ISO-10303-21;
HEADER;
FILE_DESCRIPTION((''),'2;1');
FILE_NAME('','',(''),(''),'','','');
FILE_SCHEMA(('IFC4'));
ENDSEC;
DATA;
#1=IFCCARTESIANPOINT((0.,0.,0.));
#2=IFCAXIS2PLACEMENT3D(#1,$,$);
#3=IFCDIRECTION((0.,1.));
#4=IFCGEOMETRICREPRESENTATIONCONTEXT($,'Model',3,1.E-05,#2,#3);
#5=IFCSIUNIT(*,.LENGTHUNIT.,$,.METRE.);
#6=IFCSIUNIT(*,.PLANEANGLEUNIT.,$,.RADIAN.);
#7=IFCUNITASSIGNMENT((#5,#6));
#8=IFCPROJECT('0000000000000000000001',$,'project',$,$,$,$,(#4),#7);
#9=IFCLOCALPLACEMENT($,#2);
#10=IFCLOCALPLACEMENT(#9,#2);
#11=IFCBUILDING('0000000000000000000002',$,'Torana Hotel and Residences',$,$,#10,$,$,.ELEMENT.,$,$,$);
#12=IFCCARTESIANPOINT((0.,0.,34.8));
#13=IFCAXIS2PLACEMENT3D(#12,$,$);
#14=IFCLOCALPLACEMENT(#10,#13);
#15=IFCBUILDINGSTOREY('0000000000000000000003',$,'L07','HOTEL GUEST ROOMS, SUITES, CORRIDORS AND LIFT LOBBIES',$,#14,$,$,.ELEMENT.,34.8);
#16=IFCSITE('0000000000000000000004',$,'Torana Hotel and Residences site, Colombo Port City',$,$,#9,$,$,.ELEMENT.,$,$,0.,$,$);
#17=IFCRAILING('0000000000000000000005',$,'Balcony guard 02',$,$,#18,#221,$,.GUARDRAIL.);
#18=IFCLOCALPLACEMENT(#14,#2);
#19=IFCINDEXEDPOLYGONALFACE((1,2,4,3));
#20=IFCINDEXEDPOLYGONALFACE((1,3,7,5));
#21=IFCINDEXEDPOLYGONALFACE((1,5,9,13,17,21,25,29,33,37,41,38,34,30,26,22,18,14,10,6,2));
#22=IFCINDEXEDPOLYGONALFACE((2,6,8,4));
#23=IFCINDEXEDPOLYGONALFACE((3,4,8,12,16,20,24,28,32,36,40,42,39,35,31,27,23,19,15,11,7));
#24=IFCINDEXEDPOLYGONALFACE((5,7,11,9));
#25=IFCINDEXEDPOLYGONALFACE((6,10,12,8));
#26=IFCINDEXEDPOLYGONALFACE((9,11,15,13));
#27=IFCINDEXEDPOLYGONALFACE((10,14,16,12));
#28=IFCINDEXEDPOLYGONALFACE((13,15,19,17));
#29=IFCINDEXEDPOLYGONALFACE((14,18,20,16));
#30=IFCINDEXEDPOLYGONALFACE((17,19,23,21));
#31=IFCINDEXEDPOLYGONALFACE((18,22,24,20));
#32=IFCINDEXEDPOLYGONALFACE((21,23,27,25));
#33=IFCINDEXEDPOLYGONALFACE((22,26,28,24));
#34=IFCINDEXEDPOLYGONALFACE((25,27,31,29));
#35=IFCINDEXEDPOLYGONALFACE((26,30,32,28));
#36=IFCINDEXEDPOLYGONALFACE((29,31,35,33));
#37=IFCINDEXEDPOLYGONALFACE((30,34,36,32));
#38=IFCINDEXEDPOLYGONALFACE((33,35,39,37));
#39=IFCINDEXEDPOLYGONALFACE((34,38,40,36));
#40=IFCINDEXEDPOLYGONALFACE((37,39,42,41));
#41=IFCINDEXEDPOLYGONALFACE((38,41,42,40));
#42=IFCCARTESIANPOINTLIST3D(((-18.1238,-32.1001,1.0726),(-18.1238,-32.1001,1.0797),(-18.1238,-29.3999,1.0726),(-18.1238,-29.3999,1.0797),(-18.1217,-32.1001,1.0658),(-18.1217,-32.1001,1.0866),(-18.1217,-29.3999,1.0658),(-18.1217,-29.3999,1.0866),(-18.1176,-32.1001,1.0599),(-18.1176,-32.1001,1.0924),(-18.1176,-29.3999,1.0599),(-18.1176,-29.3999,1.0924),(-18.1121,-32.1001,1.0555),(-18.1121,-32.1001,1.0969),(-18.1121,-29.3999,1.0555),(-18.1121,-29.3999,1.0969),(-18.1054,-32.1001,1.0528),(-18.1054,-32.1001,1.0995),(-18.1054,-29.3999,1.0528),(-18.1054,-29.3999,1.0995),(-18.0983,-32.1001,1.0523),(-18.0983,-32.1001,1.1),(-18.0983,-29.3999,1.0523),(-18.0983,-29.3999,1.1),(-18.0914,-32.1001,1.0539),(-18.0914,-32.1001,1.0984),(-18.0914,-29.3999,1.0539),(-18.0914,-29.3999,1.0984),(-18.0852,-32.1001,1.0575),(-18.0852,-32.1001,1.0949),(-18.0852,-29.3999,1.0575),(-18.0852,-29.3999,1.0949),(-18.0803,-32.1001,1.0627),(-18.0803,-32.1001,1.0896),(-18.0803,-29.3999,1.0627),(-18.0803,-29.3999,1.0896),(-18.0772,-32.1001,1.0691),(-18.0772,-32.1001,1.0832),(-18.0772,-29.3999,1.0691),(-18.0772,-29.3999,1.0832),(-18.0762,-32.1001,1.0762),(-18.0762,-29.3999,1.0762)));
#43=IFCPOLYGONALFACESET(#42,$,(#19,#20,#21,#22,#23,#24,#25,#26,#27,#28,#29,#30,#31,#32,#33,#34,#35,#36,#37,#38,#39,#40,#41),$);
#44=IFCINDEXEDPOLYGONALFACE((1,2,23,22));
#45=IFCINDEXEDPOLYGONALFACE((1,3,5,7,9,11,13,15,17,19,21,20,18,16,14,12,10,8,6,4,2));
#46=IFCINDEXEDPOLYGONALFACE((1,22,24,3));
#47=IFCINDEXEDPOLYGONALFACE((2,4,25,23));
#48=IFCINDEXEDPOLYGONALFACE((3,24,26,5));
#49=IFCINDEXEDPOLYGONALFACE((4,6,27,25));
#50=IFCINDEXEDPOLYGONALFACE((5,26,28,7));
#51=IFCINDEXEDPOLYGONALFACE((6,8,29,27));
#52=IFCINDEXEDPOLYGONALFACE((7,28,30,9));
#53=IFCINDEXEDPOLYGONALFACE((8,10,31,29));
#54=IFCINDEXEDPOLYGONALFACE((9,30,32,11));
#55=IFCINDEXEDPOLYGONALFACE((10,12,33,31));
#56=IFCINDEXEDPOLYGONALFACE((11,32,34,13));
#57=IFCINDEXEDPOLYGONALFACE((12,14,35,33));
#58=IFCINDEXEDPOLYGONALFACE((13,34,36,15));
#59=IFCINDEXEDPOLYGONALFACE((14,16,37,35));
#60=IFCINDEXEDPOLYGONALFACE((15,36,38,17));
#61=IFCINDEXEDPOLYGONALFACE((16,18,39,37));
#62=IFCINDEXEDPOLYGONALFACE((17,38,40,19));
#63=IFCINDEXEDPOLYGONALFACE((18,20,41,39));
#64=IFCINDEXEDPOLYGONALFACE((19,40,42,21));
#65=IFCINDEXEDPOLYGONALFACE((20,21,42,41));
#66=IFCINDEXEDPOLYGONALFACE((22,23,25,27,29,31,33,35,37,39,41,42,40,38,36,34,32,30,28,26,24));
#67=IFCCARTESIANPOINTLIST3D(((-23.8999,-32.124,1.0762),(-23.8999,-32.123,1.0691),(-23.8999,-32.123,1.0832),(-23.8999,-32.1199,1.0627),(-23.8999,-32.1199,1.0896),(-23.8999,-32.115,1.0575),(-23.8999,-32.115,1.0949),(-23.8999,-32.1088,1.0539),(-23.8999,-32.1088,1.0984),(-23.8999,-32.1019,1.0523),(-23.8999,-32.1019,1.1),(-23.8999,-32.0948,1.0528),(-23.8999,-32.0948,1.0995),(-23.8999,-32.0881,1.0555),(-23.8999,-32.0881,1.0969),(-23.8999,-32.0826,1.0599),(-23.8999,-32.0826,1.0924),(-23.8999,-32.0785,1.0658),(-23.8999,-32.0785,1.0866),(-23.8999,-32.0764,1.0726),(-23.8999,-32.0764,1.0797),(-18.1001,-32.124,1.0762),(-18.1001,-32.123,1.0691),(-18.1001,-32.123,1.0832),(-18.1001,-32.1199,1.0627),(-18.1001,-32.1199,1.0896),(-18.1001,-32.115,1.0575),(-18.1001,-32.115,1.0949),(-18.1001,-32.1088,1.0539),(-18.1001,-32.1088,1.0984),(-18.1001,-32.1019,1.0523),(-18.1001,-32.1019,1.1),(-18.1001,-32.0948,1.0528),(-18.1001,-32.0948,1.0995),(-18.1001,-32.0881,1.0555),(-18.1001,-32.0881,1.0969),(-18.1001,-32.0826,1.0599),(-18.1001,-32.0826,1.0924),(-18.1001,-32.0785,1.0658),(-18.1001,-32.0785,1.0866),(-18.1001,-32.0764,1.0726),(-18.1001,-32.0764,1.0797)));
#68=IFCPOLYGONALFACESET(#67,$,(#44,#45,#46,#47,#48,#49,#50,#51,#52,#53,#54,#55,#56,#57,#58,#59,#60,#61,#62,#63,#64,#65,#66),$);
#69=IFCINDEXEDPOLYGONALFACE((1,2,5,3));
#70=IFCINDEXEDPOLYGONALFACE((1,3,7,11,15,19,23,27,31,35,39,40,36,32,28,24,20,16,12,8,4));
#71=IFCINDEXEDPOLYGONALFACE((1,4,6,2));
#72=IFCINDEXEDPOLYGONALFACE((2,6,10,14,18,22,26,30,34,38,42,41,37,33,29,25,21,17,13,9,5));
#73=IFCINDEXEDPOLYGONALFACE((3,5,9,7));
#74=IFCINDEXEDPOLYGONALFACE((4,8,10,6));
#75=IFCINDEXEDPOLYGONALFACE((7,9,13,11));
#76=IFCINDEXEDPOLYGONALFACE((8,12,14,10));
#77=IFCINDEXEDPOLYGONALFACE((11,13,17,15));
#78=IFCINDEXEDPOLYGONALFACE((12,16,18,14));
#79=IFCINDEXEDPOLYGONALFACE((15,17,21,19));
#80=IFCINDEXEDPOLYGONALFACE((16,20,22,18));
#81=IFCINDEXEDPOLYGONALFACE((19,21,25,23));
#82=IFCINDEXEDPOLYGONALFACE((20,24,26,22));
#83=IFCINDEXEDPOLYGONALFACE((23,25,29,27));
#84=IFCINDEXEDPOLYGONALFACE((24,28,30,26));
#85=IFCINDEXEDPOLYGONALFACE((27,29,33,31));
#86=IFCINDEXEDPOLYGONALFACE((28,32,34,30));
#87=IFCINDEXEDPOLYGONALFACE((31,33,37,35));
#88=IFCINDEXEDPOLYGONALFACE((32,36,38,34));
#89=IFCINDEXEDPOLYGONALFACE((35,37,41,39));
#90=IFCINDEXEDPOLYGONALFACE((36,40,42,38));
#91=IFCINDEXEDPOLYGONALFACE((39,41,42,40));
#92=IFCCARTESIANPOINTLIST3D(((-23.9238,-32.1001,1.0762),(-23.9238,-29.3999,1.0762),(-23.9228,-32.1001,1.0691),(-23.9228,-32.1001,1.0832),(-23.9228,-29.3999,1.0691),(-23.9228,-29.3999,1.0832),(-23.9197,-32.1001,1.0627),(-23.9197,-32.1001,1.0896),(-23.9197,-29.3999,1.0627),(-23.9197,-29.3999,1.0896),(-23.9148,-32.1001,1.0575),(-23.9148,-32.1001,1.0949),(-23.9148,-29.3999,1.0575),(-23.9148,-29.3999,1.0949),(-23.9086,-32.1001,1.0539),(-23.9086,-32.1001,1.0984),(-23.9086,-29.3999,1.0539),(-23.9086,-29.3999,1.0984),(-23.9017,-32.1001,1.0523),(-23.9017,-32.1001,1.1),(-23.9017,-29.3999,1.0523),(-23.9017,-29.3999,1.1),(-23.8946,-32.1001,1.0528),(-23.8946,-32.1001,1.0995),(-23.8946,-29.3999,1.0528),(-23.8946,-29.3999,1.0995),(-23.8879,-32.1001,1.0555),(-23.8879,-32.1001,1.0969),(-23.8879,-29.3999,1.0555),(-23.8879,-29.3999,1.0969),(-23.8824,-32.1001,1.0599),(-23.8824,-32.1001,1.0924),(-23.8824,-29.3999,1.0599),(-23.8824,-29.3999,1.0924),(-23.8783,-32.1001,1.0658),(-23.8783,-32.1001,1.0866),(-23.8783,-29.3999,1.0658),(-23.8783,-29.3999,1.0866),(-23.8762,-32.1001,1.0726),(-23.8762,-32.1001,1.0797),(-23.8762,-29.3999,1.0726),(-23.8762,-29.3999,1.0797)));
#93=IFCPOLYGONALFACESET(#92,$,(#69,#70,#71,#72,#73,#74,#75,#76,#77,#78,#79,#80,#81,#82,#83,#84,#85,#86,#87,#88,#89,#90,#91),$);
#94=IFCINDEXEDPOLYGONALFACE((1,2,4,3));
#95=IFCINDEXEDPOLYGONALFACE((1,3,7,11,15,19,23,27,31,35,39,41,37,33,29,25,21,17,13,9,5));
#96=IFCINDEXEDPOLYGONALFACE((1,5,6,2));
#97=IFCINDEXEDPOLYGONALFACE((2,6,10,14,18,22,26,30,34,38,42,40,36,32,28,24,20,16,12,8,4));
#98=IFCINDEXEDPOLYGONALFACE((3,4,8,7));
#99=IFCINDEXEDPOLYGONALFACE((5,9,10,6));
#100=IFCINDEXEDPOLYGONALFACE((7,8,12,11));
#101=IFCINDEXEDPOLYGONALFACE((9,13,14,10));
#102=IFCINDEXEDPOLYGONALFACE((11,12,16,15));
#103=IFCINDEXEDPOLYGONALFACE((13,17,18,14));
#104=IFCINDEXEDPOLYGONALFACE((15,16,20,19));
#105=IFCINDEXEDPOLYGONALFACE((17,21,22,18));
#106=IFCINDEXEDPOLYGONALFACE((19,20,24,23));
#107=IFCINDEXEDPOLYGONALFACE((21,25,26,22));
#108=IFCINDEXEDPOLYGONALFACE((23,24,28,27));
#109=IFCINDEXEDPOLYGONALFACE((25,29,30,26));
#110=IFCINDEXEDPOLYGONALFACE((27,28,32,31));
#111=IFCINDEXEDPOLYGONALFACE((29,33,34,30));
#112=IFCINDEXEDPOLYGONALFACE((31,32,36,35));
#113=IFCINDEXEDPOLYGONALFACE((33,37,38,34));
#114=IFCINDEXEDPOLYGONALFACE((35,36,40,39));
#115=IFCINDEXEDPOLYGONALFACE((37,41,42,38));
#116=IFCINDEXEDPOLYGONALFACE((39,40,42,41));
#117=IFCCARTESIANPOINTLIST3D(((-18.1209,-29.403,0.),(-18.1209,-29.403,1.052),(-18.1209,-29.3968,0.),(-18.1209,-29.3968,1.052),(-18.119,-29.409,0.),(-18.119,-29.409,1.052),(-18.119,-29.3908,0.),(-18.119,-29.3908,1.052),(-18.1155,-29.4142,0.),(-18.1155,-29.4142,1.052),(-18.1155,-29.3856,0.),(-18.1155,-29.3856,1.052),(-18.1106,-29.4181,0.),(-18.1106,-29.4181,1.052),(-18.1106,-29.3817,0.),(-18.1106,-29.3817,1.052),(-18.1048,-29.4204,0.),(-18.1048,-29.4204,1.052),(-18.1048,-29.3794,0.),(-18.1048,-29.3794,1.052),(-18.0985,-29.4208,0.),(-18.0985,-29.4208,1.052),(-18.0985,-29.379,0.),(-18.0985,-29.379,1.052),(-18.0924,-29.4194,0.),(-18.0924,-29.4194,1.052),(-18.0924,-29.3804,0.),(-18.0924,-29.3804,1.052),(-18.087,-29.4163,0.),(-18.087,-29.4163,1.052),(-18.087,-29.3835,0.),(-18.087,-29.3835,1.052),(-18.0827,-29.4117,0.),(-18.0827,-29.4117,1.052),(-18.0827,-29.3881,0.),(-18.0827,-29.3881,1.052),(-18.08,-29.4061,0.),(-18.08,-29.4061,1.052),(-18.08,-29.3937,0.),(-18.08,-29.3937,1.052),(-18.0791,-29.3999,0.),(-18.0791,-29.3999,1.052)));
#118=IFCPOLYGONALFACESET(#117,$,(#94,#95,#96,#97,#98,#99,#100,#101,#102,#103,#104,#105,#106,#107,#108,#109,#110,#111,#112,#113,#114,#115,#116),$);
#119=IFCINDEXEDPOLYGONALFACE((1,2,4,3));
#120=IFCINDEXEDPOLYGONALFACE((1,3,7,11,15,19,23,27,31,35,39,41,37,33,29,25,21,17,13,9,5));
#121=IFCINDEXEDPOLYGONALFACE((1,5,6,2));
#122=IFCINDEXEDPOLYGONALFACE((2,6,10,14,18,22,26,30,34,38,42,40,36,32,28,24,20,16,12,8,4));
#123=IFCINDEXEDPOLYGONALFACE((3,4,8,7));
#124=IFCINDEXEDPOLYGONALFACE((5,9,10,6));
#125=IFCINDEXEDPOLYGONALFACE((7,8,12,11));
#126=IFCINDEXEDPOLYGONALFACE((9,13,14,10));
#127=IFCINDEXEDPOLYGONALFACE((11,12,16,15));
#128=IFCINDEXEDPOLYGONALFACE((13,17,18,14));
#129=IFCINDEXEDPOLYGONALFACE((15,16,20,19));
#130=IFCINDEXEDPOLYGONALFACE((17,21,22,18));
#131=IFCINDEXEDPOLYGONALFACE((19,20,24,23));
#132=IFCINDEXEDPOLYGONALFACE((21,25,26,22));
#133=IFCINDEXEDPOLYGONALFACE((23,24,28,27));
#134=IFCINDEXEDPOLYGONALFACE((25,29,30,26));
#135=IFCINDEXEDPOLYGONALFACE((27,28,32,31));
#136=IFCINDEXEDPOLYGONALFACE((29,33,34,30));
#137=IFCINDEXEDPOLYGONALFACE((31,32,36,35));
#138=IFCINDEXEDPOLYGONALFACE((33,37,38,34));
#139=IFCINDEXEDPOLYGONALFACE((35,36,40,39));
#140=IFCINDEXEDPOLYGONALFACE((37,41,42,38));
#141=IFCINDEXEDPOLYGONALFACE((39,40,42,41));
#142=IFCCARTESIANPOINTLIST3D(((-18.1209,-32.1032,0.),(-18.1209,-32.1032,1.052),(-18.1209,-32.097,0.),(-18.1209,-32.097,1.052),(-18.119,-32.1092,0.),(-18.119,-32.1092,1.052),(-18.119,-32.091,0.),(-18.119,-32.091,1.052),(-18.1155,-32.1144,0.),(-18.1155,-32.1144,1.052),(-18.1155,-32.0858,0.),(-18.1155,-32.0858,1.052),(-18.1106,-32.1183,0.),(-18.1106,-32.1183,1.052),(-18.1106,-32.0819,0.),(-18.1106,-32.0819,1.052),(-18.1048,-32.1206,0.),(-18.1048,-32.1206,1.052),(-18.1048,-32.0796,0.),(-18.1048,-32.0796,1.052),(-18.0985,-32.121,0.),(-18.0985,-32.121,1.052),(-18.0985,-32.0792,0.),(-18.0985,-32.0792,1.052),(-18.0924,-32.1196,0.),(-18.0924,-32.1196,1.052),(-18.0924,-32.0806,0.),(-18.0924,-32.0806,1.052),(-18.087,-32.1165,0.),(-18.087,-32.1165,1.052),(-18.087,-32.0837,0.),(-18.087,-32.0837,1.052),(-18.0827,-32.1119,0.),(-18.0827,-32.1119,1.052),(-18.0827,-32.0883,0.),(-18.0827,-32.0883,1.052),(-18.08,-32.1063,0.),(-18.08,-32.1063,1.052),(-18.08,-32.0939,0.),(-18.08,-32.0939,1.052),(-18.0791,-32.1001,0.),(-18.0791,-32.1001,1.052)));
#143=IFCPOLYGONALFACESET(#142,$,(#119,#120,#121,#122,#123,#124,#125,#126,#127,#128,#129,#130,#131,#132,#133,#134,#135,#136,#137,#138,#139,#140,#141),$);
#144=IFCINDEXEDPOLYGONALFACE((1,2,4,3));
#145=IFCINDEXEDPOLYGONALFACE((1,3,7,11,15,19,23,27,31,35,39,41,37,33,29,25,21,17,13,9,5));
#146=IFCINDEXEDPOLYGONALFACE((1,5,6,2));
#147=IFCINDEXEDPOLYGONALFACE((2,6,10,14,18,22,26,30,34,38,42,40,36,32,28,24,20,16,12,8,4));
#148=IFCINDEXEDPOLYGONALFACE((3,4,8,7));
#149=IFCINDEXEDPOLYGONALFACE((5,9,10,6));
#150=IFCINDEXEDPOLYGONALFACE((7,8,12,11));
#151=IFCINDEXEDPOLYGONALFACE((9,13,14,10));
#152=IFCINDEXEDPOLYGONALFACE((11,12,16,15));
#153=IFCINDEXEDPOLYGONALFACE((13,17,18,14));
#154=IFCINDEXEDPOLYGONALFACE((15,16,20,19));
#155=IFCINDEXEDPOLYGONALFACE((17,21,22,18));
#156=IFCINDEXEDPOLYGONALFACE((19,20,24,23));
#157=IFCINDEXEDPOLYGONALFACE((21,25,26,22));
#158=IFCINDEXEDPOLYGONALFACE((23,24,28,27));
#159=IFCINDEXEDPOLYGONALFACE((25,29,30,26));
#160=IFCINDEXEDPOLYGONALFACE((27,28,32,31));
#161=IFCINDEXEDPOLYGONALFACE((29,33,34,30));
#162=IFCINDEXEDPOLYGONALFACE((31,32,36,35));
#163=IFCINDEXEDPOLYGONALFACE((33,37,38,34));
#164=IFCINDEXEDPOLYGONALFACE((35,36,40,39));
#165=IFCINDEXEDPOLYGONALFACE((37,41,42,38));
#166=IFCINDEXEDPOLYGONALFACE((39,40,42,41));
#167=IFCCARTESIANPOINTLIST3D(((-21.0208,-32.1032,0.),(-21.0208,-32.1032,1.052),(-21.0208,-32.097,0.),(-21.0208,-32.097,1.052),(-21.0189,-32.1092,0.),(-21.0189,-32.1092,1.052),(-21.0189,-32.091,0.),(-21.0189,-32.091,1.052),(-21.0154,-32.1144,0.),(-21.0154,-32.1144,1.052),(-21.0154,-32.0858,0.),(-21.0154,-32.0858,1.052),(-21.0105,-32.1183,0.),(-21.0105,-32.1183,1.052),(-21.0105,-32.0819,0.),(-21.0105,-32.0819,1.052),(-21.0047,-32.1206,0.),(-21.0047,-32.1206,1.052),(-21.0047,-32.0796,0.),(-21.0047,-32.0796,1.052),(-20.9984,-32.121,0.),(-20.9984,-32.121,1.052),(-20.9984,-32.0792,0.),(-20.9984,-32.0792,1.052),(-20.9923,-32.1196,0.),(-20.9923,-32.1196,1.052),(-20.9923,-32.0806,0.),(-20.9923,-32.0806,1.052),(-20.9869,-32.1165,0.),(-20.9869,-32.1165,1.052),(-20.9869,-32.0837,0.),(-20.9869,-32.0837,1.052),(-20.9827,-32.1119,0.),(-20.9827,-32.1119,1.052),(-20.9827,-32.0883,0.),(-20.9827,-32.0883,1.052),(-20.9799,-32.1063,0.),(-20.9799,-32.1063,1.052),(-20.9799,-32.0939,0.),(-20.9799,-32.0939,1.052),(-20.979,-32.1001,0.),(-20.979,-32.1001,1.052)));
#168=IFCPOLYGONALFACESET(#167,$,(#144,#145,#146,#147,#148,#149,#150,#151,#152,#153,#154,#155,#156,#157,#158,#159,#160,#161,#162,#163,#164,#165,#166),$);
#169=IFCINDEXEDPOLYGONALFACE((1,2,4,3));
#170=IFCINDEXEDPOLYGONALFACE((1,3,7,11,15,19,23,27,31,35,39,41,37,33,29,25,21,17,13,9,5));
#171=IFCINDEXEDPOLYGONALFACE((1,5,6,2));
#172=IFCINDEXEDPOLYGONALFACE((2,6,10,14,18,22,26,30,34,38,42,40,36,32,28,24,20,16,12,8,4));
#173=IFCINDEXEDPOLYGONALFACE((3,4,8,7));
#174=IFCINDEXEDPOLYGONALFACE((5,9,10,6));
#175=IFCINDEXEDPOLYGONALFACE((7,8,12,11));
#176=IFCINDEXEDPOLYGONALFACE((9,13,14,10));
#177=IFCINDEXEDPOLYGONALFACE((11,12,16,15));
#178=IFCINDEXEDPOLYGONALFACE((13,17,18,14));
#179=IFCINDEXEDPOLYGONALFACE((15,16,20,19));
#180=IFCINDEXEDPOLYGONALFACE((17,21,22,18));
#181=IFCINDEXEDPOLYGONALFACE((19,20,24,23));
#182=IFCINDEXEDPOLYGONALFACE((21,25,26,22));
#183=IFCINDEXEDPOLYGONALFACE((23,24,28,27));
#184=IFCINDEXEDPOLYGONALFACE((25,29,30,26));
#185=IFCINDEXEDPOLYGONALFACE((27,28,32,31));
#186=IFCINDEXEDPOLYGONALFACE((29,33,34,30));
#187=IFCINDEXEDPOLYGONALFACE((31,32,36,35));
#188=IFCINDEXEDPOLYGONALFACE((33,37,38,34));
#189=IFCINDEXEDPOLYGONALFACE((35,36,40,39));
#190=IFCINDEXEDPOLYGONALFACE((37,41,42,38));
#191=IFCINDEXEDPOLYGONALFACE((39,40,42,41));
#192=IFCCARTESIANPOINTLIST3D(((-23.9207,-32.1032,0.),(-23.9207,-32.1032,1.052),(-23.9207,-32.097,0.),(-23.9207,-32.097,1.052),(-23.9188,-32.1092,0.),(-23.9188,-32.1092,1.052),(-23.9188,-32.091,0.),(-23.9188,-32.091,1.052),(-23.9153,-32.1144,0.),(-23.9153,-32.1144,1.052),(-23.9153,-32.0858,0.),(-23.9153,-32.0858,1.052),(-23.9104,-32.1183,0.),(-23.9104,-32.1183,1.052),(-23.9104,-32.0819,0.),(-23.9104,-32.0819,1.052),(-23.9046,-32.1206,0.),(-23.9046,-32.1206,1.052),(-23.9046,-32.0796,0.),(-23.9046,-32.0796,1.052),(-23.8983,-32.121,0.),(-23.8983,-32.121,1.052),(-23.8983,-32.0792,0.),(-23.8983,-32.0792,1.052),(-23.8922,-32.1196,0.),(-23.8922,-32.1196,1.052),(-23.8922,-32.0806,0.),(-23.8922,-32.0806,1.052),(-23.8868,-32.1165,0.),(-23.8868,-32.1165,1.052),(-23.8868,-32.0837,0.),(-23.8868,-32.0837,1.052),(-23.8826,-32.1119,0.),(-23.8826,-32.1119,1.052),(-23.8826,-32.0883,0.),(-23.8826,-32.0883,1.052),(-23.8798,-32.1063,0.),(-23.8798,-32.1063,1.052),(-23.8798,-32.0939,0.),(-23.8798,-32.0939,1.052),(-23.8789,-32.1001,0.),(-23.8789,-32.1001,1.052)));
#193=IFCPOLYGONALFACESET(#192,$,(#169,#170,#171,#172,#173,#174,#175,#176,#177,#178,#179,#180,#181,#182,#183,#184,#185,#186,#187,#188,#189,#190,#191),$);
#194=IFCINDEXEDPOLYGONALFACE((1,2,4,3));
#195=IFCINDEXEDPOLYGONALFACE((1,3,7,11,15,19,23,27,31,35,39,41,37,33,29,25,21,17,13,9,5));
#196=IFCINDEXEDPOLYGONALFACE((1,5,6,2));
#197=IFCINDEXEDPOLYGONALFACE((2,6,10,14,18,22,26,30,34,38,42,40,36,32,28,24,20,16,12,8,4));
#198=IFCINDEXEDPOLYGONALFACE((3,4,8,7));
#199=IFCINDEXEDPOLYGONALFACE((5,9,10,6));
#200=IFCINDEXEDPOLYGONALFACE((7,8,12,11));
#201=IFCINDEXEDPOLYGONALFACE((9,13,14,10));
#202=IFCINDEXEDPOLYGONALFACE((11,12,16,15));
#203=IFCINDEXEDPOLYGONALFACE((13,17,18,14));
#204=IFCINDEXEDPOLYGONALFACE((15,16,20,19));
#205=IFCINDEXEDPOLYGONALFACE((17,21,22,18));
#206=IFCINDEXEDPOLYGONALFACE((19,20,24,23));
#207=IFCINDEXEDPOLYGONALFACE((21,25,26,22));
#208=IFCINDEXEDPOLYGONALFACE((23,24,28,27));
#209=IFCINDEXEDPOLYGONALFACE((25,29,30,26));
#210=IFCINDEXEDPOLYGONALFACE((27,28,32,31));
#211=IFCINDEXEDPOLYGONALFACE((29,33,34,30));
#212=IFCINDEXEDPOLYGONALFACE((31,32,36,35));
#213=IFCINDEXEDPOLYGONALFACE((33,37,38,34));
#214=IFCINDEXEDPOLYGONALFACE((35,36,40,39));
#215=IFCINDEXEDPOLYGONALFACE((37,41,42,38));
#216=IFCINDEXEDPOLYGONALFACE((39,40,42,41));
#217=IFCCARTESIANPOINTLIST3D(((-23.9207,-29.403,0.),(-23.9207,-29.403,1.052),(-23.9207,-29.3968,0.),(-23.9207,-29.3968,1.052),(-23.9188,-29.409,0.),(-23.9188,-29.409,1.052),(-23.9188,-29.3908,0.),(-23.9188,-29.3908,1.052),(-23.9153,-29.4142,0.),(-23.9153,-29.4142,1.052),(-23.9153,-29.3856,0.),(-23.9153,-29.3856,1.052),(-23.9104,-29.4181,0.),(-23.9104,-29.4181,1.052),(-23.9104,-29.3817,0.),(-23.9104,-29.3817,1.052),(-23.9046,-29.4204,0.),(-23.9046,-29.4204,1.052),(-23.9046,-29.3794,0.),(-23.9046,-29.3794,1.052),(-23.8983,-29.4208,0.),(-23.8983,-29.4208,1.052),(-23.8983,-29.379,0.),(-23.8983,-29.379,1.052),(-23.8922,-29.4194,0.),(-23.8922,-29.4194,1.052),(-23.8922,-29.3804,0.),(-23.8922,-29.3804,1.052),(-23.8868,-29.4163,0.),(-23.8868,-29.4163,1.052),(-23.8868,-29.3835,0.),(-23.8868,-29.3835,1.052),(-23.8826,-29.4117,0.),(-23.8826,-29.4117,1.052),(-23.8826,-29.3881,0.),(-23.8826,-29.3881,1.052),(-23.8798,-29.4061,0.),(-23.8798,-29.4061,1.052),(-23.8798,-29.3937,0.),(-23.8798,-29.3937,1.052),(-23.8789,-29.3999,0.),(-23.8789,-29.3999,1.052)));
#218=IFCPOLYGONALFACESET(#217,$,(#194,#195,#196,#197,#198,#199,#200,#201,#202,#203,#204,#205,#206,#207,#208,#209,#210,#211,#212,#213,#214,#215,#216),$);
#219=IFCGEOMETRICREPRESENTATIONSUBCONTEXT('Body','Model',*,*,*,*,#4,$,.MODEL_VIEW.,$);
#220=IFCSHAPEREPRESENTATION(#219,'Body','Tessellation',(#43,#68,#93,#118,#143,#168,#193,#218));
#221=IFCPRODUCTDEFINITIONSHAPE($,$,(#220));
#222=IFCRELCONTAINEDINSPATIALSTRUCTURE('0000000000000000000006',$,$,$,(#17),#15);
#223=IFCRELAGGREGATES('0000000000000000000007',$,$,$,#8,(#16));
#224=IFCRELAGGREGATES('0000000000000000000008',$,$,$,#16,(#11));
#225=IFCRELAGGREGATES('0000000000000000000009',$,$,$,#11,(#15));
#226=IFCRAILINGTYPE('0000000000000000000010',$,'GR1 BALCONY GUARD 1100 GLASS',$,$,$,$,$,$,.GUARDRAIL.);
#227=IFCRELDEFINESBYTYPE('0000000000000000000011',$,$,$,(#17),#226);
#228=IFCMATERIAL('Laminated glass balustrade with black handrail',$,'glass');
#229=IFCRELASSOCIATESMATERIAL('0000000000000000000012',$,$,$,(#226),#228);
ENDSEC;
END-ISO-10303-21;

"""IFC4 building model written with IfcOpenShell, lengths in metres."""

from ifc_helpers import new_model, si_unit, direction, frame, origin, origin_2d, place, context, subcontext, project, spatial, circle, extrude, material, type_object, element, save


model = new_model("IFC4")

# Units and contexts
model_context = context("Model", 3, precision=1e-05, world=origin(), true_north=direction((0.0, 1.0)))
body_context = subcontext(model_context, "Body", "Model", "MODEL_VIEW")
ifc_project = project(units=[si_unit("LENGTHUNIT", "METRE"), si_unit("PLANEANGLEUNIT", "RADIAN")], contexts=[model_context])

# Site, building, storey
site_placement = place(None, origin())
site = spatial("IfcSite", under=ifc_project, at=site_placement, Name="Torana Hotel and Residences site, Colombo Port City", CompositionType="ELEMENT", RefElevation=0.0)
building_placement = place(site_placement, origin())
building = spatial("IfcBuilding", under=site, at=building_placement, Name="Torana Hotel and Residences", CompositionType="ELEMENT")
storey_placement = place(building_placement, frame((0.0, 0.0, 34.8)))
storey = spatial("IfcBuildingStorey", under=building, at=storey_placement, Name="L07", Description="HOTEL GUEST ROOMS, SUITES, CORRIDORS AND LIFT LOBBIES", CompositionType="ELEMENT", Elevation=34.8)

# Railing
ifc_material_1 = material(Name="Laminated glass balustrade with black handrail", Category="glass")
railing_type = type_object("IfcRailingType", Name="GR1 BALCONY GUARD 1100 GLASS", PredefinedType="GUARDRAIL", material=ifc_material_1)
railing_placement = place(storey_placement, frame((-18.1001, -29.3999, 0.0)))
element("IfcRailing", 1, at=railing_placement, inside=storey, type_object=railing_type, Name="Balcony guard 02", PredefinedType="GUARDRAIL", context=body_context, shape_type="SweptSolid", body=[
    extrude(circle(Radius=0.0239, at=origin_2d()), frame((0.0, 0.0, 1.0762), z_axis=(0.0, -1.0, 0.0), x_axis=(1.0, 0.0, 0.0)), (0.0, 0.0, 1.0), 2.7002),
    extrude(circle(Radius=0.0239, at=origin_2d()), frame((0.0, -2.7002, 1.0762), z_axis=(-1.0, 0.0, 0.0), x_axis=(0.0, -1.0, 0.0)), (0.0, 0.0, 1.0), 5.7998),
    extrude(circle(Radius=0.0239, at=origin_2d()), frame((-5.7998, -2.7002, 1.0762), z_axis=(0.0, 1.0, 0.0), x_axis=(-1.0, 0.0, 0.0)), (0.0, 0.0, 1.0), 2.7002),
    extrude(circle(Radius=0.021, at=origin_2d()), origin(), (0.0, 0.0, 1.0), 1.052),
    extrude(circle(Radius=0.021, at=origin_2d()), frame((0.0, -2.7002, 0.0)), (0.0, 0.0, 1.0), 1.052),
    extrude(circle(Radius=0.021, at=origin_2d()), frame((-2.8999, -2.7002, 0.0)), (0.0, 0.0, 1.0), 1.052),
    extrude(circle(Radius=0.021, at=origin_2d()), frame((-5.7998, -2.7002, 0.0)), (0.0, 0.0, 1.0), 1.052),
    extrude(circle(Radius=0.021, at=origin_2d()), frame((-5.7998, 0.0, 0.0)), (0.0, 0.0, 1.0), 1.052),
])

save(model, "model.ifc")
